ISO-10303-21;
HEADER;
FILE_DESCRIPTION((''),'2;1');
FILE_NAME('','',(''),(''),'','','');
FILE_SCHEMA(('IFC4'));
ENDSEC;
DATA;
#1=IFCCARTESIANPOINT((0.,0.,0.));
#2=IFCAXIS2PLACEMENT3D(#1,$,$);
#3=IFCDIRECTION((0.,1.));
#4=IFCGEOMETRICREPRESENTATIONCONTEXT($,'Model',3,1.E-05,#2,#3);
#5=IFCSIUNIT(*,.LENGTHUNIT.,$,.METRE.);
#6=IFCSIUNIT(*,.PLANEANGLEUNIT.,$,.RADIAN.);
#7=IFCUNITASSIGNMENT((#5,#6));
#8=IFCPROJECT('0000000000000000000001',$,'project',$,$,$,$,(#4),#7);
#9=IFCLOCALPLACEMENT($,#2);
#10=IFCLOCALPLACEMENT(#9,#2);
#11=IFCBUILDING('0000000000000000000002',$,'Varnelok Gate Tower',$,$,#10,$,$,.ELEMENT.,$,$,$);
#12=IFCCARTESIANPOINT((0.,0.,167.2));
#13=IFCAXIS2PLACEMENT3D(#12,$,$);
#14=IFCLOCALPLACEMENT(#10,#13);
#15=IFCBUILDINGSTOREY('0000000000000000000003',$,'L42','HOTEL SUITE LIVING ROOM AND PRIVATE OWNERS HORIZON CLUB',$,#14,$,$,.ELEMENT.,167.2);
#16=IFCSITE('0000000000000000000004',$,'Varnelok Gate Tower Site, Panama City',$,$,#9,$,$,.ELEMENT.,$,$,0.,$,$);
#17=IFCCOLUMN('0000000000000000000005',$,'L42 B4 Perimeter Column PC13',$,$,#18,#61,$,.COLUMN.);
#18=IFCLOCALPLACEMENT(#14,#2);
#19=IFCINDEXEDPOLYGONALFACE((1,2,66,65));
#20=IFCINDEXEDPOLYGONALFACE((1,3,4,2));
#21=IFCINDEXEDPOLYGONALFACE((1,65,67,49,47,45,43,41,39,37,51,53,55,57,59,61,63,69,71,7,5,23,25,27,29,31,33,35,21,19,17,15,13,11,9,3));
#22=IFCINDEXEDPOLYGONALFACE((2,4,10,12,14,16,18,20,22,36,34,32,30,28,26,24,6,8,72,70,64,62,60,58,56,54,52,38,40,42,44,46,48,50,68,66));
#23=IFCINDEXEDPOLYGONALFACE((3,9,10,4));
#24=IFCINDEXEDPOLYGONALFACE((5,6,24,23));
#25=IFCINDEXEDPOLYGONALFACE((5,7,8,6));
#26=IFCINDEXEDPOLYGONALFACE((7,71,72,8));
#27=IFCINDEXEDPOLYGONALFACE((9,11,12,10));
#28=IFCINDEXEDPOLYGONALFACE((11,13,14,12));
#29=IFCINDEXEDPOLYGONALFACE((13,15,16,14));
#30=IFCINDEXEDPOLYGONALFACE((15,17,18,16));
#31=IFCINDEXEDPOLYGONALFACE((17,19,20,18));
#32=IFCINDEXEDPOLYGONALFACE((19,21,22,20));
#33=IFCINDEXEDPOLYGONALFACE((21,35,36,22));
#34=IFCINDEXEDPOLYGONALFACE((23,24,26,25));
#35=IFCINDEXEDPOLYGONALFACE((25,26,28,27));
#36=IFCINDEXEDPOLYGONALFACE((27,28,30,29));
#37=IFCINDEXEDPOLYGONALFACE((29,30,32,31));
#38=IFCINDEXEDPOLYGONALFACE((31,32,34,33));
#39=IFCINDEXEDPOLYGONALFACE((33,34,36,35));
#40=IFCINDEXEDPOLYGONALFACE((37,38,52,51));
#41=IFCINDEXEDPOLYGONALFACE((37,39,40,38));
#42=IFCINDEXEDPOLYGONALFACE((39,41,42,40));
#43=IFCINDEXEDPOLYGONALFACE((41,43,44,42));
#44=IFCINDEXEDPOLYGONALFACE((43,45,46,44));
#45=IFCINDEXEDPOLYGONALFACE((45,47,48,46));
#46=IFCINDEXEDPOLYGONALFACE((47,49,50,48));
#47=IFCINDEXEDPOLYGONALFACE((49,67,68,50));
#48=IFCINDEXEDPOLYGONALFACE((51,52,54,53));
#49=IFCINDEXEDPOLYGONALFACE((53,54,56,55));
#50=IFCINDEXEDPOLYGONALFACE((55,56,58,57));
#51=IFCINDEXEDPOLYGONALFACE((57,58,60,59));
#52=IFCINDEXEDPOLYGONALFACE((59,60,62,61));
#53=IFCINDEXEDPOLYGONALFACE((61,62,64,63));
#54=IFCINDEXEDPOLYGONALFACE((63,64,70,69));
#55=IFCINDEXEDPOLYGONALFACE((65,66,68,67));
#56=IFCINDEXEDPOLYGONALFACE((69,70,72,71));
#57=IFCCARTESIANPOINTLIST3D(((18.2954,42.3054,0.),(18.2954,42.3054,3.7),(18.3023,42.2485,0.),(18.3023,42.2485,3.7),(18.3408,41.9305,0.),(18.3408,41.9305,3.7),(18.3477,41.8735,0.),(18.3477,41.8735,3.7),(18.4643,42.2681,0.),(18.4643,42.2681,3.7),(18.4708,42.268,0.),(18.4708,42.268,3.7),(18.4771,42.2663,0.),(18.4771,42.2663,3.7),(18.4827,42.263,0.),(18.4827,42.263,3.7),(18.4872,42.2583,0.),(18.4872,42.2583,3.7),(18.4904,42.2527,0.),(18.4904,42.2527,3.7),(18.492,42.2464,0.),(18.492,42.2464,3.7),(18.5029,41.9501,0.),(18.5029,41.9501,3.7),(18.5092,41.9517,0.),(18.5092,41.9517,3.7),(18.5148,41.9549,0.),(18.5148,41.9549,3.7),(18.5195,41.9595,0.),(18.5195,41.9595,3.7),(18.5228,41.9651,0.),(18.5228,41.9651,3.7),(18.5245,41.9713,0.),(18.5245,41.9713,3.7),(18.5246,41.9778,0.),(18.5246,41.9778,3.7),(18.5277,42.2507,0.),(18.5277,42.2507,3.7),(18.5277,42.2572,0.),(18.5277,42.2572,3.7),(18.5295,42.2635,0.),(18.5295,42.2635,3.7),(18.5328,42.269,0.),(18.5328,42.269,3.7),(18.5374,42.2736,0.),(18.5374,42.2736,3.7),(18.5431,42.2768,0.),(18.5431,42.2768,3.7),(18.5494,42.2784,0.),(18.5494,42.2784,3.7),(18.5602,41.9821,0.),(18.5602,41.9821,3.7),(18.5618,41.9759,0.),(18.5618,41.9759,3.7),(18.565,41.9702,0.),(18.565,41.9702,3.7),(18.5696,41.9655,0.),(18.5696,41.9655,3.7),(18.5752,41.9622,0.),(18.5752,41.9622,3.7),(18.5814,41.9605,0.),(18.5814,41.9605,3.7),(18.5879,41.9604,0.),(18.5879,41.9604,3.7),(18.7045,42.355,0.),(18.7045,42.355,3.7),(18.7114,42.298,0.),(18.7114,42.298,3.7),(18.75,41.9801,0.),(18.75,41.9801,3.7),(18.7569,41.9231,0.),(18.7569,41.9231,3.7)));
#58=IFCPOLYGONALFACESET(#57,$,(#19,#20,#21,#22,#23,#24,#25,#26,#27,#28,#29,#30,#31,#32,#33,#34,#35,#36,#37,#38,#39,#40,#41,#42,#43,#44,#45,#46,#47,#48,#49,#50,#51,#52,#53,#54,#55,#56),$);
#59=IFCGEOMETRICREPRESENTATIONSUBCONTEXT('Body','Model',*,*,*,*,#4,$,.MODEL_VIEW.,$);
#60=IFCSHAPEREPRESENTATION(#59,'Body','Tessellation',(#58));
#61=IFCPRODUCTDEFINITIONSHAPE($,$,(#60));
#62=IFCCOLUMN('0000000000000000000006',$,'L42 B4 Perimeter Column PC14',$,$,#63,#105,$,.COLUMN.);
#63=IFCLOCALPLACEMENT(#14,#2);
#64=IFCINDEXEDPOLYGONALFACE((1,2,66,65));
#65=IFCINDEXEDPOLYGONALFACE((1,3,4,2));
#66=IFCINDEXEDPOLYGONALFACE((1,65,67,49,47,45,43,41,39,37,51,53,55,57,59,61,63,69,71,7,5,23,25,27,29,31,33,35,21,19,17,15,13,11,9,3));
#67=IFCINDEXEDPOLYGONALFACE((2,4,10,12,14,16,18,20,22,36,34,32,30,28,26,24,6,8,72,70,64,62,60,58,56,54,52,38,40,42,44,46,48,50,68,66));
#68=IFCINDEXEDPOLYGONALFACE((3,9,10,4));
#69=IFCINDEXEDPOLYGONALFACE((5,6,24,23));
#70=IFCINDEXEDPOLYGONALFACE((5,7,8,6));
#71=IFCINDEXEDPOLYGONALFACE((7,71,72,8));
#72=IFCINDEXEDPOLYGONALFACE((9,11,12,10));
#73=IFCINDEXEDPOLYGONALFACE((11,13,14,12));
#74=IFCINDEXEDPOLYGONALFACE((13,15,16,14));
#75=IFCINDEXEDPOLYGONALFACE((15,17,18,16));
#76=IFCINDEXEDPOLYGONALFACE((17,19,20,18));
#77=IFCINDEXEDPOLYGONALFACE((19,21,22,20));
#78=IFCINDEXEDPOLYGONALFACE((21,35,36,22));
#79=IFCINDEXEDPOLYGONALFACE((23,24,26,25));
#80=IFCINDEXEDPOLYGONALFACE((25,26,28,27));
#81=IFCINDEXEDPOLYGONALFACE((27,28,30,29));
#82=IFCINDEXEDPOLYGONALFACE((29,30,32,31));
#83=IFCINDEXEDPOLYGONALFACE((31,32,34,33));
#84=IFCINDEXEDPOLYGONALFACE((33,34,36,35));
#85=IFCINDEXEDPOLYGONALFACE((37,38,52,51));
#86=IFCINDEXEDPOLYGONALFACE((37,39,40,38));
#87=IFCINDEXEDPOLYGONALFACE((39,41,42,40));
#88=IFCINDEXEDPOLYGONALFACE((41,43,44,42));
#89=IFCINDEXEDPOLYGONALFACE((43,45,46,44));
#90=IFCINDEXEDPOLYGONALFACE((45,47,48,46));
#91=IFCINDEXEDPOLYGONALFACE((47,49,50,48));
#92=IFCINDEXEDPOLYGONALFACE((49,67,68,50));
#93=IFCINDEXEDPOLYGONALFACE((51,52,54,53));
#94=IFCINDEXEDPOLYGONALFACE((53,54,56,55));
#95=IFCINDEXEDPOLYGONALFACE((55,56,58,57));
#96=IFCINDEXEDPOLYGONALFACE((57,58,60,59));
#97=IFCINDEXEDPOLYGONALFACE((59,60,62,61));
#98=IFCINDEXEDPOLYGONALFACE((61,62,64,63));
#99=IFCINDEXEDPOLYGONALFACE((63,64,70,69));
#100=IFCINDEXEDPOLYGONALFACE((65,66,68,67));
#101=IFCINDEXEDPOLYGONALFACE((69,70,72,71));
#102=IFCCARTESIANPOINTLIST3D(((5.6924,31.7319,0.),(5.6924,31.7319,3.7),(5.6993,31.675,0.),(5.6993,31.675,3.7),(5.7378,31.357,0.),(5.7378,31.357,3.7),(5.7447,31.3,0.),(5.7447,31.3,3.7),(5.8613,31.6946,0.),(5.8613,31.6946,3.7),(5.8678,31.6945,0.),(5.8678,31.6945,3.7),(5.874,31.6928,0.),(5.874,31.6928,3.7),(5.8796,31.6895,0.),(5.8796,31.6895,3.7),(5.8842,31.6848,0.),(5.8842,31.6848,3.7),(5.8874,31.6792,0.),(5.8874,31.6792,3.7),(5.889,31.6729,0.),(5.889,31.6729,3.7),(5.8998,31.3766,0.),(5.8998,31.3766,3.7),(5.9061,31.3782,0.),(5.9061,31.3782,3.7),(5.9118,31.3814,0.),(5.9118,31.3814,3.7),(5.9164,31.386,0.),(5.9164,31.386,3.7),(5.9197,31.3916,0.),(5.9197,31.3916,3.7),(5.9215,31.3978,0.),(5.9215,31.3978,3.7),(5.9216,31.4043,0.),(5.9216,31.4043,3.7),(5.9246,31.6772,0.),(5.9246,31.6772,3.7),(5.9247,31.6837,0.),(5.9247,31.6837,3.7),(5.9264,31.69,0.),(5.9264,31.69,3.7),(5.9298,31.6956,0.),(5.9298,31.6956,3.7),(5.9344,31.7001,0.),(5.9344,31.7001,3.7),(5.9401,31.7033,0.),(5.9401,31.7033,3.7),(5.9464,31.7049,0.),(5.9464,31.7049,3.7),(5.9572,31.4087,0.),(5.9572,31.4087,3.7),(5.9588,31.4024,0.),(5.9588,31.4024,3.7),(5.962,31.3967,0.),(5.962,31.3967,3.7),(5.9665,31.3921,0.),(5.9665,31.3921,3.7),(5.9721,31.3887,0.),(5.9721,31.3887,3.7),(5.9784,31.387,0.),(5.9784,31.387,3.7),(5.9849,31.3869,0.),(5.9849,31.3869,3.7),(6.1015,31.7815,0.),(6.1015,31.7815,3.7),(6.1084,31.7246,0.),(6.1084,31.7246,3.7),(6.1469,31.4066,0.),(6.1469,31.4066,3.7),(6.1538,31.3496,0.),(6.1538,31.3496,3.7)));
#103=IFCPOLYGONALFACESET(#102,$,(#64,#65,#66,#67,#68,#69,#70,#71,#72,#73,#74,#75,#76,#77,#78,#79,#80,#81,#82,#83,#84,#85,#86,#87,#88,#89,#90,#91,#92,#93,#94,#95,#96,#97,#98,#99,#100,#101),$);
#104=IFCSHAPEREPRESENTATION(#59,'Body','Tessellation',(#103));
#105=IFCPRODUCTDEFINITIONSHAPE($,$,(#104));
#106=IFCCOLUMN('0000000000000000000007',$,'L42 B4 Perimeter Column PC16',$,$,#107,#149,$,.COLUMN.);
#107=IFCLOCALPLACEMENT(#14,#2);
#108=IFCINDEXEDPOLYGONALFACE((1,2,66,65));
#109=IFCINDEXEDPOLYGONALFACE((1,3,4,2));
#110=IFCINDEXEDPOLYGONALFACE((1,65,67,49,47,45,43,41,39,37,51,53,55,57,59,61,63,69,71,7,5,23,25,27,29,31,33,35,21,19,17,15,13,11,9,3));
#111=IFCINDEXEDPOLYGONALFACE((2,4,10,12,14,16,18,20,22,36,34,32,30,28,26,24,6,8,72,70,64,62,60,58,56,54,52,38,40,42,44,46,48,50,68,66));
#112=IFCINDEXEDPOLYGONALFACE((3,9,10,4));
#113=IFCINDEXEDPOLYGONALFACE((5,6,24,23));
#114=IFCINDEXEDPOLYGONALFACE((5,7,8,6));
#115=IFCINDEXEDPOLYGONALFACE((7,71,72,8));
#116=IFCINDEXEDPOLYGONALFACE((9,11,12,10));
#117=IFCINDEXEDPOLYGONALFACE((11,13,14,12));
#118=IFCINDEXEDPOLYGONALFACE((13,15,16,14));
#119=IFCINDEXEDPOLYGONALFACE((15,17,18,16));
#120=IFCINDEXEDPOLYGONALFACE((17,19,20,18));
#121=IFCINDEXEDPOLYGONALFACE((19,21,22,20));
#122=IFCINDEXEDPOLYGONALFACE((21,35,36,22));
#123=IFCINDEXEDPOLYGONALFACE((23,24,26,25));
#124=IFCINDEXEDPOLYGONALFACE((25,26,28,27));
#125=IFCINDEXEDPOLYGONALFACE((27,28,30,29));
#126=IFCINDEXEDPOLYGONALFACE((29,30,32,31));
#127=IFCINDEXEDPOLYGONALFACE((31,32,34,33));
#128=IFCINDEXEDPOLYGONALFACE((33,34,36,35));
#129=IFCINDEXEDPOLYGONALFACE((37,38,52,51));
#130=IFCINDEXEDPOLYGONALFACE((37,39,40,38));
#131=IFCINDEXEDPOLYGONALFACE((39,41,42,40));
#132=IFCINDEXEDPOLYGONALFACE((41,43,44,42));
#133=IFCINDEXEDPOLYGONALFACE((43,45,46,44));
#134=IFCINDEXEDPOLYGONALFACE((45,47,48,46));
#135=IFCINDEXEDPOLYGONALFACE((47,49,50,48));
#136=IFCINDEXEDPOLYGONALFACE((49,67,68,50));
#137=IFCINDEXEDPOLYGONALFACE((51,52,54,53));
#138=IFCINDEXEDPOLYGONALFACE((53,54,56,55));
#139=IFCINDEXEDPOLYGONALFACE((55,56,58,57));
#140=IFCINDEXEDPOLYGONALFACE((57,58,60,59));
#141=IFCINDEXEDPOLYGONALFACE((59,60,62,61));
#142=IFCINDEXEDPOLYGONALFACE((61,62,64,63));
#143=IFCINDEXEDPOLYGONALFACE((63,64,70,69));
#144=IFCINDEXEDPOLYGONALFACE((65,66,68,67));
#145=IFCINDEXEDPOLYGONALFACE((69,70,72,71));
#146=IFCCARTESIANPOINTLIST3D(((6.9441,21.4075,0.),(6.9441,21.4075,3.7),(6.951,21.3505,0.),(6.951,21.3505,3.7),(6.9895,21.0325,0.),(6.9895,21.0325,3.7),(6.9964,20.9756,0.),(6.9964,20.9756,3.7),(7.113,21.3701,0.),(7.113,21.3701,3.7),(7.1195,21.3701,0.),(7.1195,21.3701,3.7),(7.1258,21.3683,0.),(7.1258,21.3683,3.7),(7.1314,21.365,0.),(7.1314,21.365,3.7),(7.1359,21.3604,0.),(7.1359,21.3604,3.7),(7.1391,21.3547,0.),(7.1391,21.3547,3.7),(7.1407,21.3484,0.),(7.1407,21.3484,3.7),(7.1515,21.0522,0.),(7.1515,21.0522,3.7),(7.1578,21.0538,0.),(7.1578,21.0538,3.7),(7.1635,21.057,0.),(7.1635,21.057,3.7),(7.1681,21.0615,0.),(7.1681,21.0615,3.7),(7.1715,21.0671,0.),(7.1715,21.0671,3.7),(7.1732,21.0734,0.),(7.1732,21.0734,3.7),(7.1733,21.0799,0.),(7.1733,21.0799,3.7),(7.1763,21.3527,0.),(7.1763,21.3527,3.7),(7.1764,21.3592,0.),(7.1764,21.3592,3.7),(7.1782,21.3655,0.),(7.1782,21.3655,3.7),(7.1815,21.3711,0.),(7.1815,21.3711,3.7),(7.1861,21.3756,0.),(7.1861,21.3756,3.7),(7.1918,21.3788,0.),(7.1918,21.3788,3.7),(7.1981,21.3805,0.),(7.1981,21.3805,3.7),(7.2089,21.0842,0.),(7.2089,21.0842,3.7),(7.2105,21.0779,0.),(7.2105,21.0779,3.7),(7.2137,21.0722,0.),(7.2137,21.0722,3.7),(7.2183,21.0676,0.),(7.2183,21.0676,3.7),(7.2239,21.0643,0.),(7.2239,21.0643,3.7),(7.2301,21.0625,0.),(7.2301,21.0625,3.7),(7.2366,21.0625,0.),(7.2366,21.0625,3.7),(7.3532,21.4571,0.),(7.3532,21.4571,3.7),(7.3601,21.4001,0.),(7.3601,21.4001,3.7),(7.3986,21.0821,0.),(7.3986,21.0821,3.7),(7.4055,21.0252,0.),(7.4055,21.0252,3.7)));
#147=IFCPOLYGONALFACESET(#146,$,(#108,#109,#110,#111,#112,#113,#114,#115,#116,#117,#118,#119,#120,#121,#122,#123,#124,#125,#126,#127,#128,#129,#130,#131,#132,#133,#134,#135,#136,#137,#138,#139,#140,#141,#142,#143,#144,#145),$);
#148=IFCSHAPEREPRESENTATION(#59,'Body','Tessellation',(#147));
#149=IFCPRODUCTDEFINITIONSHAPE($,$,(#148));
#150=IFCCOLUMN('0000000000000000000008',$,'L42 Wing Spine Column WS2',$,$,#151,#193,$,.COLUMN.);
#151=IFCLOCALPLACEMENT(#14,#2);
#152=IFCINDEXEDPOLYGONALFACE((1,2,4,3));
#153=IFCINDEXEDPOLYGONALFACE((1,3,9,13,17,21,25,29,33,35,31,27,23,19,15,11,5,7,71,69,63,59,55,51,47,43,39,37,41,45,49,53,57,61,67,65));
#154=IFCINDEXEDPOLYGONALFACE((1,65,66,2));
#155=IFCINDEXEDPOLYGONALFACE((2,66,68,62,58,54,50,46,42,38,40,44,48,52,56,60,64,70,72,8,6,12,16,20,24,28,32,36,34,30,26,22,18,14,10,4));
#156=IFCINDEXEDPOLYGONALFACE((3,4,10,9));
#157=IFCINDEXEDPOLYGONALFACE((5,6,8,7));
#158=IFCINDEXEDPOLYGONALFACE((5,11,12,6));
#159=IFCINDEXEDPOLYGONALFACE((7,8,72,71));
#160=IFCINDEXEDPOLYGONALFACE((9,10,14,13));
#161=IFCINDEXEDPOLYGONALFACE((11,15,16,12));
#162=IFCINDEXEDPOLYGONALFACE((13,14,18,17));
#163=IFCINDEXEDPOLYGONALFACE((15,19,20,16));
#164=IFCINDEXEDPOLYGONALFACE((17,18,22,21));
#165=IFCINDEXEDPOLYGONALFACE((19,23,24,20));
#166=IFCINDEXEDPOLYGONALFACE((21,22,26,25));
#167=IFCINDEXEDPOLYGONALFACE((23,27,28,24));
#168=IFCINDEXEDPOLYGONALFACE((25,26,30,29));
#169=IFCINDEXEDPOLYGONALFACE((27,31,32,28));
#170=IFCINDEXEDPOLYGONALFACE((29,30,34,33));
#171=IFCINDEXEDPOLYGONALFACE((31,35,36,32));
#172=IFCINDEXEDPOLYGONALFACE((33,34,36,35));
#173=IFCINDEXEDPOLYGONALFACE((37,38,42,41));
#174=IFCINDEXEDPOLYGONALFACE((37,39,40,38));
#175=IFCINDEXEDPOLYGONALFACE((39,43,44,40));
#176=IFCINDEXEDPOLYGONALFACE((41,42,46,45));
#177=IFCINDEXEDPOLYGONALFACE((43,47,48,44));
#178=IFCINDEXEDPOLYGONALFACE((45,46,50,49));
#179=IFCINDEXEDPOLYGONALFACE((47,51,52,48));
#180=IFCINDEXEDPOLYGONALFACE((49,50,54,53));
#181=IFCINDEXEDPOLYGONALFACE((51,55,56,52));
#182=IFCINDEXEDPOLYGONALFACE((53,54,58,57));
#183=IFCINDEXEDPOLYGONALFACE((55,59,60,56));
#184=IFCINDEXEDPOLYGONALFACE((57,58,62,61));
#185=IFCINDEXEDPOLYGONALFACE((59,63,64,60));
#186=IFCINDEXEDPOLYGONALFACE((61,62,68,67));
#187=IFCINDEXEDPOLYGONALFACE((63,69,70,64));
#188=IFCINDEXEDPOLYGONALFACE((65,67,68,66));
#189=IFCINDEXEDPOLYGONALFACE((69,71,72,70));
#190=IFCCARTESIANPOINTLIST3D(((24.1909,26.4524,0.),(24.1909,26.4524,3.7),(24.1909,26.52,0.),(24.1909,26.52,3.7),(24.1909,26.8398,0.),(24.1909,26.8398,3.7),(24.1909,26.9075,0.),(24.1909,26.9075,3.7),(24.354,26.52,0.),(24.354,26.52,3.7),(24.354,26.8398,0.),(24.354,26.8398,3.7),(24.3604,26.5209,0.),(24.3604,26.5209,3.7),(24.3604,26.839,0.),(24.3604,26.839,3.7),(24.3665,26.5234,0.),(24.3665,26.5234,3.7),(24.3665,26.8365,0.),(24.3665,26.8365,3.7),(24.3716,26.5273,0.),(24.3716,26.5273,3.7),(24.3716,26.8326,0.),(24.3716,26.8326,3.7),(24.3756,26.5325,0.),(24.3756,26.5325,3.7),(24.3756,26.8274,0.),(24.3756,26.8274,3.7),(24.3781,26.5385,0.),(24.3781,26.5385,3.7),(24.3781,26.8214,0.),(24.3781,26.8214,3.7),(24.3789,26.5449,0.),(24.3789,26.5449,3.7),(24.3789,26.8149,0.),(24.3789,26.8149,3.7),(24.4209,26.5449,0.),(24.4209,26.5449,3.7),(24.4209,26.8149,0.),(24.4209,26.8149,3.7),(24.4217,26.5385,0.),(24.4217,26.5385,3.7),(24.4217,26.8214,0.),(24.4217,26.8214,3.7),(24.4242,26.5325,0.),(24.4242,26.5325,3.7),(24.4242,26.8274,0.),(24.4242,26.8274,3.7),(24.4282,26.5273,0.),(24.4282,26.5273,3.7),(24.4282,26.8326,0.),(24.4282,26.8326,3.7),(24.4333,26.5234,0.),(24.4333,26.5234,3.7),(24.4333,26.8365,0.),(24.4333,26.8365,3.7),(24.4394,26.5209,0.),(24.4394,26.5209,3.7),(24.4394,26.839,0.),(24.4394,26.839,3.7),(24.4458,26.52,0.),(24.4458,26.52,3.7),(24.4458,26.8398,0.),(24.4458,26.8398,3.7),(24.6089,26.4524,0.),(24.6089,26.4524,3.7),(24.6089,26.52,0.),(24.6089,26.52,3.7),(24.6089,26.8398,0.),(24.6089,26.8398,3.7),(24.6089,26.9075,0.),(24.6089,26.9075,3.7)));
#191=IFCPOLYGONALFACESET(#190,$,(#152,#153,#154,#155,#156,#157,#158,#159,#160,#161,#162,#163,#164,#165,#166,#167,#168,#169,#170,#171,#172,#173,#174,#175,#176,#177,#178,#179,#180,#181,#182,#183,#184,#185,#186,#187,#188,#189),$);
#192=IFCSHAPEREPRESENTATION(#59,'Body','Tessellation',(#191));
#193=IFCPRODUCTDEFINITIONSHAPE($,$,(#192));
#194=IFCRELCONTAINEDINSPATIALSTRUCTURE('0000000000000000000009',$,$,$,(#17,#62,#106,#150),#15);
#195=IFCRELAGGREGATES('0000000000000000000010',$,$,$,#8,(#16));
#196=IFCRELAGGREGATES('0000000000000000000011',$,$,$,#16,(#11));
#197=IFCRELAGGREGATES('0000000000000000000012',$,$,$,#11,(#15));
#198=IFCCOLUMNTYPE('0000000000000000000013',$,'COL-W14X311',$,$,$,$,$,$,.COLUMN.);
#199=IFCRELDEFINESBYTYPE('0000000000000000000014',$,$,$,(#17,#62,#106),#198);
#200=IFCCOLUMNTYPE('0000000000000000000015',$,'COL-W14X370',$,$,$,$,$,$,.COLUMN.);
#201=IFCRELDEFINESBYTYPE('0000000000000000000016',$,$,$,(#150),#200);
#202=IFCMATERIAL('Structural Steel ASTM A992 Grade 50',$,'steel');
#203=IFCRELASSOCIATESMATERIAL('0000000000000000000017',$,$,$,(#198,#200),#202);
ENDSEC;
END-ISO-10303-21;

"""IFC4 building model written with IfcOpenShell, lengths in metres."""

from ifc_helpers import new_model, si_unit, direction, frame, origin, origin_2d, place, context, subcontext, project, spatial, i_section, extrude, material, material_profile, profile_set, type_object, element, save


model = new_model("IFC4")

# Units and contexts
model_context = context("Model", 3, precision=1e-05, world=origin(), true_north=direction((0.0, 1.0)))
body_context = subcontext(model_context, "Body", "Model", "MODEL_VIEW")
ifc_project = project(units=[si_unit("LENGTHUNIT", "METRE"), si_unit("PLANEANGLEUNIT", "RADIAN")], contexts=[model_context])

# Site, building, storey
site_placement = place(None, origin())
site = spatial("IfcSite", under=ifc_project, at=site_placement, Name="Varnelok Gate Tower Site, Panama City", CompositionType="ELEMENT", RefElevation=0.0)
building_placement = place(site_placement, origin())
building = spatial("IfcBuilding", under=site, at=building_placement, Name="Varnelok Gate Tower", CompositionType="ELEMENT")
storey_placement = place(building_placement, frame((0.0, 0.0, 167.2)))
storey = spatial("IfcBuildingStorey", under=building, at=storey_placement, Name="L42", Description="HOTEL SUITE LIVING ROOM AND PRIVATE OWNERS HORIZON CLUB", CompositionType="ELEMENT", Elevation=167.2)

# Columns
ifc_material_1 = material(Name="Structural Steel ASTM A992 Grade 50", Category="steel")
ifc_material_profile_1 = material_profile(ifc_material_1, i_section(OverallWidth=0.4121, OverallDepth=0.4351, WebThickness=0.0359, FlangeThickness=0.0574, FilletRadius=0.0249, at=origin_2d()), Name="W14X311")
ifc_profile_set_1 = profile_set([ifc_material_profile_1], Name="Structural Steel ASTM A992 Grade 50")
column_type_1 = type_object("IfcColumnType", Name="COL-W14X311", PredefinedType="COLUMN", material=ifc_profile_set_1)
for number, where, z_axis, x_axis, name in (
    (1, (18.5261, 42.1143, 0.0), (0.0, 0.0, 1.0), (0.992732, 0.120345, 0.0), "L42 B4 Perimeter Column PC13"),
    (2, (5.9231, 31.5408, 0.0), (0.0, 0.0, 1.0), (0.992732, 0.120345, 0.0), "L42 B4 Perimeter Column PC14"),
    (3, (7.1748, 21.2163, 0.0), (0.0, 0.0, 1.0), (0.992732, 0.120345, 0.0), "L42 B4 Perimeter Column PC16"),
):
    element("IfcColumn", number, at=place(storey_placement, frame(where, z_axis=z_axis, x_axis=x_axis)), inside=storey, type_object=column_type_1, Name=name, PredefinedType="COLUMN", context=body_context, shape_type="SweptSolid", body=[
        extrude(i_section(OverallWidth=0.4121, OverallDepth=0.4351, WebThickness=0.0359, FlangeThickness=0.0574, FilletRadius=0.0249, at=origin_2d()), origin(), (0.0, 0.0, 1.0), 3.7),
    ])
ifc_material_profile_2 = material_profile(ifc_material_1, i_section(OverallWidth=0.418, OverallDepth=0.4551, WebThickness=0.042, FlangeThickness=0.0676, FilletRadius=0.0249, at=origin_2d()), Name="W14X370")
ifc_profile_set_2 = profile_set([ifc_material_profile_2], Name="Structural Steel ASTM A992 Grade 50")
column_type_2 = type_object("IfcColumnType", Name="COL-W14X370", PredefinedType="COLUMN", material=ifc_profile_set_2)
column_placement = place(storey_placement, frame((24.3999, 26.6799, 0.0), z_axis=(0.0, 0.0, 1.0), x_axis=(1.0, 0.0, 0.0)))
element("IfcColumn", 4, at=column_placement, inside=storey, type_object=column_type_2, Name="L42 Wing Spine Column WS2", PredefinedType="COLUMN", context=body_context, shape_type="SweptSolid", body=[
    extrude(i_section(OverallWidth=0.418, OverallDepth=0.4551, WebThickness=0.042, FlangeThickness=0.0676, FilletRadius=0.0249, at=origin_2d()), origin(), (0.0, 0.0, 1.0), 3.7),
])

save(model, "model.ifc")
